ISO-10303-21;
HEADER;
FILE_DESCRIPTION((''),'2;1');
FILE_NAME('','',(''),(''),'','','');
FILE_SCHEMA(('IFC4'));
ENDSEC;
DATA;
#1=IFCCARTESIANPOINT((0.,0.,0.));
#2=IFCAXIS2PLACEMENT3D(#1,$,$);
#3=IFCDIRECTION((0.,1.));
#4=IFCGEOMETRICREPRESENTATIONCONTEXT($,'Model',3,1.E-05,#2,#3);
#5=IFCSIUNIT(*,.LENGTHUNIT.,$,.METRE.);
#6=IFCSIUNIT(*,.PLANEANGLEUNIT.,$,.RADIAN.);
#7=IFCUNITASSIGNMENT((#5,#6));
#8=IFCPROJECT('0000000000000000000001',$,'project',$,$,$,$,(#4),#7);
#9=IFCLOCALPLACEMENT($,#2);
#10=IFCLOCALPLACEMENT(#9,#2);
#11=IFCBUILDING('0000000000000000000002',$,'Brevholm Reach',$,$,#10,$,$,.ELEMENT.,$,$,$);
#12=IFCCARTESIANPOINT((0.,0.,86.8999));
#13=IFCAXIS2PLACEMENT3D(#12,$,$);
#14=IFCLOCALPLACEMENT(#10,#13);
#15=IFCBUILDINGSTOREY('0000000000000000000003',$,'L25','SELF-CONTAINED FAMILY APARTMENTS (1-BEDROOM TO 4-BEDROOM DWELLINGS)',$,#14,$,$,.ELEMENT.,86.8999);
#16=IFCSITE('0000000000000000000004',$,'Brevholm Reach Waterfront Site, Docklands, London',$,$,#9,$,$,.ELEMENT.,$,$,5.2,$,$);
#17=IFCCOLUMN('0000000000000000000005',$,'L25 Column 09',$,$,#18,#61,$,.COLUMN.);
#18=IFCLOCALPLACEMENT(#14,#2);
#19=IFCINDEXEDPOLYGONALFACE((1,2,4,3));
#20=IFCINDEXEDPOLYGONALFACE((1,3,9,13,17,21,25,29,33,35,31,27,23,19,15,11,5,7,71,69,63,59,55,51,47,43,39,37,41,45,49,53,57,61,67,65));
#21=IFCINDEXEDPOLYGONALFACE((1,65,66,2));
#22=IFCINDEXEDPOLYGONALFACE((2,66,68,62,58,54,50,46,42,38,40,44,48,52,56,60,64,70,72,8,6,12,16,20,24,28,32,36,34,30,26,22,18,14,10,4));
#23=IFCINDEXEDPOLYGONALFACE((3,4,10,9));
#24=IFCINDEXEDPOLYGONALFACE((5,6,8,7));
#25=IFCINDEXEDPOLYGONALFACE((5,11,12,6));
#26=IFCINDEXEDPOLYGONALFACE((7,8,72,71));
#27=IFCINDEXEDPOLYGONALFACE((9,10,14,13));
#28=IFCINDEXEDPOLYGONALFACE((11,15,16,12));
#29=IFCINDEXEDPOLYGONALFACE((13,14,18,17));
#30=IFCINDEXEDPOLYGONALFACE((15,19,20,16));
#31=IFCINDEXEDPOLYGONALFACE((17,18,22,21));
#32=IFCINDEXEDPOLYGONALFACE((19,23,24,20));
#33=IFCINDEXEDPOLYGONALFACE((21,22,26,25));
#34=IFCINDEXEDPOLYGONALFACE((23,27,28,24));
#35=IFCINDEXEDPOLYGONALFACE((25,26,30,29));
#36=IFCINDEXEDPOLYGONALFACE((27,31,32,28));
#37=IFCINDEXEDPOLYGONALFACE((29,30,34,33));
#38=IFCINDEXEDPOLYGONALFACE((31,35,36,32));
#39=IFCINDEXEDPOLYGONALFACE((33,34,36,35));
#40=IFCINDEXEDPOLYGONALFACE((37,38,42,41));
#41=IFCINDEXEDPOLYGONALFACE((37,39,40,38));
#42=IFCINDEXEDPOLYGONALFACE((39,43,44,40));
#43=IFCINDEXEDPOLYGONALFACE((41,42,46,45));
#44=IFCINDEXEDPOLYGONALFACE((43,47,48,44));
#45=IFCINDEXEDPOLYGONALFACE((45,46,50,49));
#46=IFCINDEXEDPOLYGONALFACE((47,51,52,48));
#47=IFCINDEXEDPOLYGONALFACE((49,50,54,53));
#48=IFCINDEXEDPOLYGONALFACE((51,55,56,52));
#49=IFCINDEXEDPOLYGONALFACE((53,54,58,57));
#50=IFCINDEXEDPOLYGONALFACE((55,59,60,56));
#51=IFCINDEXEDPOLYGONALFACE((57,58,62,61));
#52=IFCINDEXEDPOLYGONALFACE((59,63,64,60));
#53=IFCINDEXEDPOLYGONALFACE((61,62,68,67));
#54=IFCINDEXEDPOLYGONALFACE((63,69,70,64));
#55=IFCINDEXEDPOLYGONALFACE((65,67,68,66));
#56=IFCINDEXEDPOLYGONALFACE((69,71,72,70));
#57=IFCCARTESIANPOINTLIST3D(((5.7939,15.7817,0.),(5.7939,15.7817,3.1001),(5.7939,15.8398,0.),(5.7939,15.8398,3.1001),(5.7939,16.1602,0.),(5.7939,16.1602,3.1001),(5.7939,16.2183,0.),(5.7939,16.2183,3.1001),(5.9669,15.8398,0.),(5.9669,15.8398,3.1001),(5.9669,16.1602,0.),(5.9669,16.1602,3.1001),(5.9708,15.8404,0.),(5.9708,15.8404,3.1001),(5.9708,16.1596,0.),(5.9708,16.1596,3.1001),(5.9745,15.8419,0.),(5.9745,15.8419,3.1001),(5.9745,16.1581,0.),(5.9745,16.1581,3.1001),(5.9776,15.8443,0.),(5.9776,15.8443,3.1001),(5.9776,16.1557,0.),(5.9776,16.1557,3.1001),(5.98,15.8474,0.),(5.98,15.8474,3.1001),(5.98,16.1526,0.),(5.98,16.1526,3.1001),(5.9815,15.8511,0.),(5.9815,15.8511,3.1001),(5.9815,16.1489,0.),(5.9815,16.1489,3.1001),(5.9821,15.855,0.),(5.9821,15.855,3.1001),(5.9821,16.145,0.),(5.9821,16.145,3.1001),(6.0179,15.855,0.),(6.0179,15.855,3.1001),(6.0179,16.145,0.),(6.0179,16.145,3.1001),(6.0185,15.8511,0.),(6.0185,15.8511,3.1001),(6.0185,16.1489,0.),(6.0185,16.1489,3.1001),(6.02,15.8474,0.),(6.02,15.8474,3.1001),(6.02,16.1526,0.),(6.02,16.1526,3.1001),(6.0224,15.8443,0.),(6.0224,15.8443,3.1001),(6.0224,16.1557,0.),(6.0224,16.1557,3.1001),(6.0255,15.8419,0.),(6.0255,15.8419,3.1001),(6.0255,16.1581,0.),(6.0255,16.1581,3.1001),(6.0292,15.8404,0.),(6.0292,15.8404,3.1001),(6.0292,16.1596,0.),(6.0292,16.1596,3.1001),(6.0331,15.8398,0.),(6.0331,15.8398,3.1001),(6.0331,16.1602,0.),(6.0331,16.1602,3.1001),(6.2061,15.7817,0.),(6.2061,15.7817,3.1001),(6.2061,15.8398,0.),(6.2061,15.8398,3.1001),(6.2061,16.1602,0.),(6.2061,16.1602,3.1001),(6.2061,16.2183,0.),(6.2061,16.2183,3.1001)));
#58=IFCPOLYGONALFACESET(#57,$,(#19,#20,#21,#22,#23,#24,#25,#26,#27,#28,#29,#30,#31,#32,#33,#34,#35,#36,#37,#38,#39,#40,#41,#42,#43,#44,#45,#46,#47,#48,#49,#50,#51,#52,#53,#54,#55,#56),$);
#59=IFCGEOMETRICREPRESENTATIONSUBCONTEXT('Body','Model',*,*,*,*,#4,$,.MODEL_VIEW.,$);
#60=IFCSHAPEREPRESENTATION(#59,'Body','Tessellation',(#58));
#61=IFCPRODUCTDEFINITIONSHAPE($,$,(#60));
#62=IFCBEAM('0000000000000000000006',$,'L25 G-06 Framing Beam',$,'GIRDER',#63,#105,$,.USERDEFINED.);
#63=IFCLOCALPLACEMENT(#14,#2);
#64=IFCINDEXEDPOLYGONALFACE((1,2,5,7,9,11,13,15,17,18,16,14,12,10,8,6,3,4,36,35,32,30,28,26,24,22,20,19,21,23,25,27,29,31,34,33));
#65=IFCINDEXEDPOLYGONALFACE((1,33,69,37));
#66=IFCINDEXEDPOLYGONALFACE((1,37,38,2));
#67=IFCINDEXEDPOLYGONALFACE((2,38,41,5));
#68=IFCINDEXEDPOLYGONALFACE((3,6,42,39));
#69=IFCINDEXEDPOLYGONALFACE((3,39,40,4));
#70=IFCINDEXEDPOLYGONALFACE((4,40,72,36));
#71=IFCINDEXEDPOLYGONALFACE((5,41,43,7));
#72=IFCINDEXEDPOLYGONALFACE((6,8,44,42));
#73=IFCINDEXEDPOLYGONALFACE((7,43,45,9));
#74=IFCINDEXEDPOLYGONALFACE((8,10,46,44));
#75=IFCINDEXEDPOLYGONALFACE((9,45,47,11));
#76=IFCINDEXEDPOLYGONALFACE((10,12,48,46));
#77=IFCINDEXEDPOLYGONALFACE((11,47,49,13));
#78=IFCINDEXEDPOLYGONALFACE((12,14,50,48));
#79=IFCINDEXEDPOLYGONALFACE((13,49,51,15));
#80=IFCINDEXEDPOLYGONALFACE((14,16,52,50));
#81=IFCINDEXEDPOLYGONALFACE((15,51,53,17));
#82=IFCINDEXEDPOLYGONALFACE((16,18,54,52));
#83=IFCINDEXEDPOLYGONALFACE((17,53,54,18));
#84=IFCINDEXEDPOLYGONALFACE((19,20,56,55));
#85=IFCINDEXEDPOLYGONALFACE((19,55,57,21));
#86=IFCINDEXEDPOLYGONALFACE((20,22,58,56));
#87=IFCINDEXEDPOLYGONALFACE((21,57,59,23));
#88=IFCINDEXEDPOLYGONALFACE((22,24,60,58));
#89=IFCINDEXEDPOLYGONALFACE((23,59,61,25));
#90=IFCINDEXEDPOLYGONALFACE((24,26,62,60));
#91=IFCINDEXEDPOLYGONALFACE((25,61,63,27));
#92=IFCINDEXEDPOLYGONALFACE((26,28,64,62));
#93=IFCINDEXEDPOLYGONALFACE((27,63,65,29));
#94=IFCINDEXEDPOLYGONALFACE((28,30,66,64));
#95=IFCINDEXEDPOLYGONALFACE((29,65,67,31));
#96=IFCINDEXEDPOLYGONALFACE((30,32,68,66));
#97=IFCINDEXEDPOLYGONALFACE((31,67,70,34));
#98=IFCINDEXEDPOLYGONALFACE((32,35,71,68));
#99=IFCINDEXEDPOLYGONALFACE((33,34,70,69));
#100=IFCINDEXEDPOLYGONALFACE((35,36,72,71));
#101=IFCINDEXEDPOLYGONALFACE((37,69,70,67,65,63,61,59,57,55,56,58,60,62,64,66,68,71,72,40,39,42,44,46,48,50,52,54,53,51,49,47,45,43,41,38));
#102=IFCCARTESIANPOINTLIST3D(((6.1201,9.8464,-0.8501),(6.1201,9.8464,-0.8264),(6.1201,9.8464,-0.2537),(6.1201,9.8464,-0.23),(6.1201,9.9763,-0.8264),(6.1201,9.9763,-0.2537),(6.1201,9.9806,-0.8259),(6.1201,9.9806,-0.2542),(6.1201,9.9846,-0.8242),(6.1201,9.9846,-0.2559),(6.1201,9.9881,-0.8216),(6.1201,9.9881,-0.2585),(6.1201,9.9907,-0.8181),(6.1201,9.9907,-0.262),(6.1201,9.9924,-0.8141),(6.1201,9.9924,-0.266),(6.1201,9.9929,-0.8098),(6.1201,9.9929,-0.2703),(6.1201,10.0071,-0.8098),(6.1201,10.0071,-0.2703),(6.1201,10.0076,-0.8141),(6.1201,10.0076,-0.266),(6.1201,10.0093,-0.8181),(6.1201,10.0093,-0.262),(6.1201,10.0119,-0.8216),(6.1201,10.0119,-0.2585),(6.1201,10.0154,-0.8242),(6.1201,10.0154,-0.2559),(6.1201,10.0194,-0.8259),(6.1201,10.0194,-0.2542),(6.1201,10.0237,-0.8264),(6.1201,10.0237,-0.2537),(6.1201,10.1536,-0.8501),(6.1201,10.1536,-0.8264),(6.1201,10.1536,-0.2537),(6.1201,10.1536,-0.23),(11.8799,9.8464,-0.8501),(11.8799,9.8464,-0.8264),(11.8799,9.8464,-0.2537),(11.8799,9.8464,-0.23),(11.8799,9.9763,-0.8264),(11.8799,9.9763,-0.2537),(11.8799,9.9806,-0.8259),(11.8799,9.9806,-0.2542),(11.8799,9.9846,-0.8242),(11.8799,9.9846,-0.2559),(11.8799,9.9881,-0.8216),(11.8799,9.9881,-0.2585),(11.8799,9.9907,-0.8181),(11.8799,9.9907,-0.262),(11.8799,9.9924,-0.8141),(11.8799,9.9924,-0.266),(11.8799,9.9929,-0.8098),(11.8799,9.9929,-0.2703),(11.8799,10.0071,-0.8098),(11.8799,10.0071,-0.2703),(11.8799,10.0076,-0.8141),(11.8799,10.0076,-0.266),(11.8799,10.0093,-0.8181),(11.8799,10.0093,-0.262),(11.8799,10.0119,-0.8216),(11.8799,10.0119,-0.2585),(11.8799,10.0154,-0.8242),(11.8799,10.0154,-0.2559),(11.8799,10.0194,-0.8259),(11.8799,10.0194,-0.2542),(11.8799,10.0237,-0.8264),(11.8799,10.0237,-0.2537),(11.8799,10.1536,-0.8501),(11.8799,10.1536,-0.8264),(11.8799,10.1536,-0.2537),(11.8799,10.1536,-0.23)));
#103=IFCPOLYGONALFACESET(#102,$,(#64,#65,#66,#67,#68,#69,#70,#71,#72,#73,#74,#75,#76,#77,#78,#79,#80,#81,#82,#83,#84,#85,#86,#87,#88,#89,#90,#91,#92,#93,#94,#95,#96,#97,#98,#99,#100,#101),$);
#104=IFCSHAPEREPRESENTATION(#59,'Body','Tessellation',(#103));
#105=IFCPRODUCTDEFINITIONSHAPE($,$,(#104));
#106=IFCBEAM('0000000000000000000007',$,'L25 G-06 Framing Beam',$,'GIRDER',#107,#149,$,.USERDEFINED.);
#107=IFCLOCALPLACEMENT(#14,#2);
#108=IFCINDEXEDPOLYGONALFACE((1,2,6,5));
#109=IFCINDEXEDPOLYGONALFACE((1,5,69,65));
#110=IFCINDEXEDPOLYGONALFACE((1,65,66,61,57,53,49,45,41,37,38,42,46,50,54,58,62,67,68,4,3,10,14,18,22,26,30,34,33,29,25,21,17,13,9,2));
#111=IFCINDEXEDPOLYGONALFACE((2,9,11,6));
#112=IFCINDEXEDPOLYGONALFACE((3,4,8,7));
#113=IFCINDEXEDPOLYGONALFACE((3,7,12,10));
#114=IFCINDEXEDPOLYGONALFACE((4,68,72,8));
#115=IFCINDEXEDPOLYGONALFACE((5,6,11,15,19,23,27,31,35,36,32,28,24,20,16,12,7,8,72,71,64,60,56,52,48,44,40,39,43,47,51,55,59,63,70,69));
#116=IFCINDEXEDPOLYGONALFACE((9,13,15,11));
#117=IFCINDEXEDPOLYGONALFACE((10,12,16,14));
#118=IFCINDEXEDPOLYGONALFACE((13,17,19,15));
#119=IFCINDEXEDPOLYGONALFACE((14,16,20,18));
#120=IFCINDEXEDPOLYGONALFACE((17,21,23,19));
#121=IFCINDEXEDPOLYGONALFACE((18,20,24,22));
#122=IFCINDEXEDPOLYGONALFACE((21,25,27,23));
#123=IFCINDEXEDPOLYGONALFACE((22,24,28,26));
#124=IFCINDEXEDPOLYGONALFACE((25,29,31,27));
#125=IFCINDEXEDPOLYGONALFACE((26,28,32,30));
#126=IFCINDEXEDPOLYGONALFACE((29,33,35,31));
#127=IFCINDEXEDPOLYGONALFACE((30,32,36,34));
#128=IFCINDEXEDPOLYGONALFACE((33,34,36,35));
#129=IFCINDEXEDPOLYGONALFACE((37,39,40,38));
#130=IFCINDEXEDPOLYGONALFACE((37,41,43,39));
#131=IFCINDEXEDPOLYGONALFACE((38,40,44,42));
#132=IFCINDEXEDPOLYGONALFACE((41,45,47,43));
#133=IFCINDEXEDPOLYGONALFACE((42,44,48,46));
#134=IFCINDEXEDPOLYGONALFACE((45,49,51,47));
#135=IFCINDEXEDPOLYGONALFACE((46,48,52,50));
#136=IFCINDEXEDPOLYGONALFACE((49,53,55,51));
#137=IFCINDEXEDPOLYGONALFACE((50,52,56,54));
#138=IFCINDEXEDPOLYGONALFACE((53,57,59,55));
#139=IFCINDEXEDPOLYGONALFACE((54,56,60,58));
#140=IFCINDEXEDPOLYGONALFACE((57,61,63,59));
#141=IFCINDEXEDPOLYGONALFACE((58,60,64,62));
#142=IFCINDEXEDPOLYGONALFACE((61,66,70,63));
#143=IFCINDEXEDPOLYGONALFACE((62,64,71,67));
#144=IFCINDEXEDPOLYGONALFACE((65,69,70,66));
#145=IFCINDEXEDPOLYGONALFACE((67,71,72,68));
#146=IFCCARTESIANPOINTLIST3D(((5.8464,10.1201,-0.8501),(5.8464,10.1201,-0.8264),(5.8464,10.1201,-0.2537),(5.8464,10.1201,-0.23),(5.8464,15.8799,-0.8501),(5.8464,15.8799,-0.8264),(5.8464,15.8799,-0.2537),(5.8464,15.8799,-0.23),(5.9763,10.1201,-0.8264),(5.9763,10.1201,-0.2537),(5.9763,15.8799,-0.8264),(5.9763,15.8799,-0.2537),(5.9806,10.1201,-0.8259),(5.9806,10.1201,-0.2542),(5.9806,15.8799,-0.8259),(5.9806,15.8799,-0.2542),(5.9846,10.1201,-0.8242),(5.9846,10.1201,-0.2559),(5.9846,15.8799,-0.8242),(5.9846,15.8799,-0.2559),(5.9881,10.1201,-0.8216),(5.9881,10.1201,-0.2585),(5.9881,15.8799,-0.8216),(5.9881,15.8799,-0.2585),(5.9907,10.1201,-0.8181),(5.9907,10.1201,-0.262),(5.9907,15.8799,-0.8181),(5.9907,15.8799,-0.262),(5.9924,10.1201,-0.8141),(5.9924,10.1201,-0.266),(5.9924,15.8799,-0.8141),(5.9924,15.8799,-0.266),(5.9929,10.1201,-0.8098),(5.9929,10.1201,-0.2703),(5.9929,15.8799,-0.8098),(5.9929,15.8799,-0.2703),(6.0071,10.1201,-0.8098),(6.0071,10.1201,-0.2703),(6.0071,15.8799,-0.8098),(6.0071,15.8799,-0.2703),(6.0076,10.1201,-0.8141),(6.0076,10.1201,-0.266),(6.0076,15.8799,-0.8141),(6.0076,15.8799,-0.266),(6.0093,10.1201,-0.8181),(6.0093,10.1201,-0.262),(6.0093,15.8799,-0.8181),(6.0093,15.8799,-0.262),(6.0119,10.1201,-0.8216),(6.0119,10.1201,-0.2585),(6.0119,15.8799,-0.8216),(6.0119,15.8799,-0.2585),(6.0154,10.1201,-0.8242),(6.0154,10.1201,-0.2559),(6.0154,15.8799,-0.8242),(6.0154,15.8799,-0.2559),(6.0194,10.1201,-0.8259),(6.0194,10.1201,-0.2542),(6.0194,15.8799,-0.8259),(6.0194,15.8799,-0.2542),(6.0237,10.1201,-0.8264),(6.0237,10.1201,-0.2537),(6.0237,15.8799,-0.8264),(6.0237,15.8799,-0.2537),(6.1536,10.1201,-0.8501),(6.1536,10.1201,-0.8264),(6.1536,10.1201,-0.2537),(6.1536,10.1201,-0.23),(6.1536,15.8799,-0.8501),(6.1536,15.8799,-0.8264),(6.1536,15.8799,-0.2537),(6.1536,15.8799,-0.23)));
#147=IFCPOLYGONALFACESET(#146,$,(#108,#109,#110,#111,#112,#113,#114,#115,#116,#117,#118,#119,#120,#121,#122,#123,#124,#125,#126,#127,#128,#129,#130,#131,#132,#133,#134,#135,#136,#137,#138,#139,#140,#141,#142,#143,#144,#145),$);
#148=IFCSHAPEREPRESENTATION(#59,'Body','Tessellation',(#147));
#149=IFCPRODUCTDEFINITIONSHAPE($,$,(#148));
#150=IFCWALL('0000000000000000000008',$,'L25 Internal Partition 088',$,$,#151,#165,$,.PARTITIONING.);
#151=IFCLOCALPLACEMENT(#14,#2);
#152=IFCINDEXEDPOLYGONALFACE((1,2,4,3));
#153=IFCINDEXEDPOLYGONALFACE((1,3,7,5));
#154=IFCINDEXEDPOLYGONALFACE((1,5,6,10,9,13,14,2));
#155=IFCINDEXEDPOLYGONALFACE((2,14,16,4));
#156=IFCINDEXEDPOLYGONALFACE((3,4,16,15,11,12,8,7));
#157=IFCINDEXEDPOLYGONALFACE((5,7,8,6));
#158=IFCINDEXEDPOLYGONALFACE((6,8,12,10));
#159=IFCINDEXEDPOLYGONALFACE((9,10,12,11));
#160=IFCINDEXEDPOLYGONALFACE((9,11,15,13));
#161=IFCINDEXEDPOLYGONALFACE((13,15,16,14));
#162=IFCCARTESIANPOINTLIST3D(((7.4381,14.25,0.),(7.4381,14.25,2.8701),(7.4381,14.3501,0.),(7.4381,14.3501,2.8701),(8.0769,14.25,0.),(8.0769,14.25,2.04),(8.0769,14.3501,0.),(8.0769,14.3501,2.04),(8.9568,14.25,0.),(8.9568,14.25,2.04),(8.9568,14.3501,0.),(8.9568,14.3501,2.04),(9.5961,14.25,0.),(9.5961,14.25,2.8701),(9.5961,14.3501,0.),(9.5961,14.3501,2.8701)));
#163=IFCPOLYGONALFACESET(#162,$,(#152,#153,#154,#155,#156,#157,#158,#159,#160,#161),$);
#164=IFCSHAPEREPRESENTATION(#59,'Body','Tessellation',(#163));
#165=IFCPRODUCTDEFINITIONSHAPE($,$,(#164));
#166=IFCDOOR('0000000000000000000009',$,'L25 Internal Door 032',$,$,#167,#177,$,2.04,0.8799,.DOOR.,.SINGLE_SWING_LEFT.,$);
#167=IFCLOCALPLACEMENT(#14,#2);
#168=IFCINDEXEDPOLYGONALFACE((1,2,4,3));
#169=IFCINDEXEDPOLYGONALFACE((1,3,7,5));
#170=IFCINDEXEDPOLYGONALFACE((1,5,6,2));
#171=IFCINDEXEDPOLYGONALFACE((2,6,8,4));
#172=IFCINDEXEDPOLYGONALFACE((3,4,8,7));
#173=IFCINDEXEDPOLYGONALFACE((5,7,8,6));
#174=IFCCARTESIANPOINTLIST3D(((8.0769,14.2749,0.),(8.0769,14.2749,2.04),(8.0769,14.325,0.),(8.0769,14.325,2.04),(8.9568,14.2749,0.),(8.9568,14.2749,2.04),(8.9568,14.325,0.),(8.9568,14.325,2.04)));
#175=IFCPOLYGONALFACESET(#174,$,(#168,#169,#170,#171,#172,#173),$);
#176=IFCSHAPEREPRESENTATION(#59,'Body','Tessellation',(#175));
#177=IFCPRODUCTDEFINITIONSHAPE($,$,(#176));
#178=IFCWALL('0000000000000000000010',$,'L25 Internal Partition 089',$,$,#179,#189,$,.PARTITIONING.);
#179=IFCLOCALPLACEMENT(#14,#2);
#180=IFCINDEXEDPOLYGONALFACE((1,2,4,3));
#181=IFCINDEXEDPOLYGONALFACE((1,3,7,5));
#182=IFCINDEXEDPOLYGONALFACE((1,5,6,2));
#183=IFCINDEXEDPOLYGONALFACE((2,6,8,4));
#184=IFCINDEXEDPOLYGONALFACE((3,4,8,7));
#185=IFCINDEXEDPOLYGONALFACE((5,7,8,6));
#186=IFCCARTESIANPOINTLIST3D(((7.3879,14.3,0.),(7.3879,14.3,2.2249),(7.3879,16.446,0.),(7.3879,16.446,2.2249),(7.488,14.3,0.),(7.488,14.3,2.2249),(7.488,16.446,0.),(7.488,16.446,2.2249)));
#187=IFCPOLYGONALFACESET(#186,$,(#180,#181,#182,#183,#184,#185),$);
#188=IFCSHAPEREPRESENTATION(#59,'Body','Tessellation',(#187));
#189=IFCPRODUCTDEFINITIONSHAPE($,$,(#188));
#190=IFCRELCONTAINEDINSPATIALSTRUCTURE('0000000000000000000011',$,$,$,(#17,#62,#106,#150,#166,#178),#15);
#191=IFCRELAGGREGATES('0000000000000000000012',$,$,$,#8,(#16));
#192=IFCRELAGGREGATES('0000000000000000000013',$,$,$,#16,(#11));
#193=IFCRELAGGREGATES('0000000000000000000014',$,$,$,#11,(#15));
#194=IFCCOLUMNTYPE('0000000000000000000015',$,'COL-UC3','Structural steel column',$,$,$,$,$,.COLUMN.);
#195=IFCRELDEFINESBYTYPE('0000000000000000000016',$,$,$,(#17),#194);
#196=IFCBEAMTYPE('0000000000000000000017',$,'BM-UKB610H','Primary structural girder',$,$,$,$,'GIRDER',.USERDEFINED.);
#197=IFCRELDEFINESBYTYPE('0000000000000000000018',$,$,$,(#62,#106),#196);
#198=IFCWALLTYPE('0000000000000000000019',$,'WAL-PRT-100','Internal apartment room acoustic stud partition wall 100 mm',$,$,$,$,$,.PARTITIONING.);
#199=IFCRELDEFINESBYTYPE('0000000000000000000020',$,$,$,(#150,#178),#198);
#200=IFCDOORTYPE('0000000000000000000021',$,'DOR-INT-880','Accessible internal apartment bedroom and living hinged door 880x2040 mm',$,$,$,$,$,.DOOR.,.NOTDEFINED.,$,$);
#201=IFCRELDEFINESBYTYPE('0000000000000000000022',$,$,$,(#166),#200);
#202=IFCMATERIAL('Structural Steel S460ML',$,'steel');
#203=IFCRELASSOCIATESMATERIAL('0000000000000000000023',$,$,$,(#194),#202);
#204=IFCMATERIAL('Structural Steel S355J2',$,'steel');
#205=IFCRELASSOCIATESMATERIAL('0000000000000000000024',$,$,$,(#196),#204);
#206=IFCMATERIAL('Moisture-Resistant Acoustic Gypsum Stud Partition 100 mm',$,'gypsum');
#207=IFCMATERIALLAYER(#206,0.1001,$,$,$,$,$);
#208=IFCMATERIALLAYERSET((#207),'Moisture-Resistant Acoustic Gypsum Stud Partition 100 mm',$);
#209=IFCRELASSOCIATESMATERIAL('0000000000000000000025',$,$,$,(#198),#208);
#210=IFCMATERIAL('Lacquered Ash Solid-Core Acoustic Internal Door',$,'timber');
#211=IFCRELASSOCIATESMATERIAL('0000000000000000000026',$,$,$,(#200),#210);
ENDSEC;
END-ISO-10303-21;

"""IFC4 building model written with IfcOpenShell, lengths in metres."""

from ifc_helpers import new_model, si_unit, direction, frame, frame_2d, origin, origin_2d, place, context, subcontext, project, spatial, rectangle, i_section, extrude, material, layer, layer_set, material_profile, profile_set, type_object, element, fill, save


model = new_model("IFC4")

# Units and contexts
model_context = context("Model", 3, precision=1e-05, world=origin(), true_north=direction((0.0, 1.0)))
body_context = subcontext(model_context, "Body", "Model", "MODEL_VIEW")
ifc_project = project(units=[si_unit("LENGTHUNIT", "METRE"), si_unit("PLANEANGLEUNIT", "RADIAN")], contexts=[model_context])

# Site, building, storey
site_placement = place(None, origin())
site = spatial("IfcSite", under=ifc_project, at=site_placement, Name="Brevholm Reach Waterfront Site, Docklands, London", CompositionType="ELEMENT", RefElevation=5.2)
building_placement = place(site_placement, origin())
building = spatial("IfcBuilding", under=site, at=building_placement, Name="Brevholm Reach", CompositionType="ELEMENT")
storey_placement = place(building_placement, frame((0.0, 0.0, 86.8999)))
storey = spatial("IfcBuildingStorey", under=building, at=storey_placement, Name="L25", Description="SELF-CONTAINED FAMILY APARTMENTS (1-BEDROOM TO 4-BEDROOM DWELLINGS)", CompositionType="ELEMENT", Elevation=86.8999)

# Column
ifc_material_1 = material(Name="Structural Steel S460ML", Category="steel")
ifc_material_profile_1 = material_profile(ifc_material_1, i_section(OverallWidth=0.4121, OverallDepth=0.4365, WebThickness=0.0359, FlangeThickness=0.0581, FilletRadius=0.0151, at=origin_2d()), Name="UKC 356x406x467")
ifc_profile_set_1 = profile_set([ifc_material_profile_1], Name="Structural Steel S460ML")
column_type = type_object("IfcColumnType", Name="COL-UC3", Description="Structural steel column", PredefinedType="COLUMN", material=ifc_profile_set_1)
column_placement = place(storey_placement, frame((6.0, 16.0, 0.0), z_axis=(0.0, 0.0, 1.0), x_axis=(1.0, 0.0, 0.0)))
element("IfcColumn", 1, at=column_placement, inside=storey, type_object=column_type, Name="L25 Column 09", PredefinedType="COLUMN", context=body_context, shape_type="SweptSolid", body=[
    extrude(i_section(OverallWidth=0.4121, OverallDepth=0.4365, WebThickness=0.0359, FlangeThickness=0.0581, FilletRadius=0.0151, at=origin_2d()), origin(), (0.0, 0.0, 1.0), 3.1001),
])

# Beams
ifc_material_2 = material(Name="Structural Steel S355J2", Category="steel")
ifc_material_profile_2 = material_profile(ifc_material_2, i_section(OverallWidth=0.3071, OverallDepth=0.6201, WebThickness=0.0142, FlangeThickness=0.0237, FilletRadius=0.0166, at=origin_2d()), Name="UKB 610x305x179")
ifc_profile_set_2 = profile_set([ifc_material_profile_2], Name="Structural Steel S355J2")
beam_type = type_object("IfcBeamType", Name="BM-UKB610H", Description="Primary structural girder", ElementType="GIRDER", PredefinedType="USERDEFINED", material=ifc_profile_set_2)
for number, where, z_axis, x_axis, name in (
    (2, (6.1201, 10.0, -0.54), (1.0, 0.0, 0.0), (0.0, 1.0, 0.0), "L25 G-06 Framing Beam"),
    (3, (6.0, 10.1201, -0.54), (0.0, 1.0, 0.0), (-1.0, 0.0, 0.0), "L25 G-06 Framing Beam"),
):
    element("IfcBeam", number, at=place(storey_placement, frame(where, z_axis=z_axis, x_axis=x_axis)), inside=storey, type_object=beam_type, Name=name, ObjectType="GIRDER", PredefinedType="USERDEFINED", context=body_context, shape_type="SweptSolid", body=[
        extrude(i_section(OverallWidth=0.3071, OverallDepth=0.6201, WebThickness=0.0142, FlangeThickness=0.0237, FilletRadius=0.0166, at=origin_2d()), origin(), (0.0, 0.0, 1.0), 5.7598),
    ])

# Wall, opening, door
ifc_material_3 = material(Name="Moisture-Resistant Acoustic Gypsum Stud Partition 100 mm", Category="gypsum")
ifc_layer_1 = layer(ifc_material_3, 0.1001)
ifc_layer_set_1 = layer_set([ifc_layer_1], Name="Moisture-Resistant Acoustic Gypsum Stud Partition 100 mm")
wall_type_1 = type_object("IfcWallType", Name="WAL-PRT-100", Description="Internal apartment room acoustic stud partition wall 100 mm", PredefinedType="PARTITIONING", material=ifc_layer_set_1)
wall_1_placement = place(storey_placement, frame((7.438, 14.3, 0.0), z_axis=(0.0, 0.0, 1.0), x_axis=(1.0, 0.0, 0.0)))
wall_1 = element("IfcWall", 4, at=wall_1_placement, inside=storey, type_object=wall_type_1, Name="L25 Internal Partition 088", PredefinedType="PARTITIONING", context=body_context, shape_type="SweptSolid", body=[
    extrude(rectangle(XDim=2.158, YDim=0.1001, at=frame_2d((1.0791, 0.0))), origin(), (0.0, 0.0, 1.0), 2.8701),
])
opening_1_placement = place(wall_1_placement, frame((0.6389, 0.0, 0.0)))
opening_1 = element("IfcOpeningElement", 5, at=opening_1_placement, cuts=wall_1, PredefinedType="OPENING", context=body_context, shape_type="SweptSolid", body=[
    extrude(rectangle(XDim=0.8799, YDim=2.04, at=frame_2d((0.4399, 1.02))), frame((0.0, 0.0601, 0.0), z_axis=(0.0, -1.0, 0.0), x_axis=(1.0, 0.0, 0.0)), (0.0, 0.0, 1.0), 0.1201),
])
ifc_material_4 = material(Name="Lacquered Ash Solid-Core Acoustic Internal Door", Category="timber")
door_type_1 = type_object("IfcDoorType", Name="DOR-INT-880", Description="Accessible internal apartment bedroom and living hinged door 880x2040 mm", OperationType="NOTDEFINED", PredefinedType="DOOR", material=ifc_material_4)
door_1_placement = place(opening_1_placement, origin())
door_1 = element("IfcDoor", 6, at=door_1_placement, inside=storey, type_object=door_type_1, Name="L25 Internal Door 032", OperationType="SINGLE_SWING_LEFT", OverallHeight=2.04, OverallWidth=0.8799, PredefinedType="DOOR", context=body_context, shape_type="SweptSolid", body=[
    extrude(rectangle(XDim=0.8799, YDim=2.04, at=frame_2d((0.4399, 1.02))), frame((0.0, 0.0249, 0.0), z_axis=(0.0, -1.0, 0.0), x_axis=(1.0, 0.0, 0.0)), (0.0, 0.0, 1.0), 0.05),
])
fill(opening_1, door_1)

# Wall
wall_2_placement = place(storey_placement, frame((7.438, 14.3, 0.0), z_axis=(0.0, 0.0, 1.0), x_axis=(0.0, 1.0, 0.0)))
element("IfcWall", 7, at=wall_2_placement, inside=storey, type_object=wall_type_1, Name="L25 Internal Partition 089", PredefinedType="PARTITIONING", context=body_context, shape_type="SweptSolid", body=[
    extrude(rectangle(XDim=2.146, YDim=0.1001, at=frame_2d((1.073, 0.0))), origin(), (0.0, 0.0, 1.0), 2.2249),
])

save(model, "model.ifc")
